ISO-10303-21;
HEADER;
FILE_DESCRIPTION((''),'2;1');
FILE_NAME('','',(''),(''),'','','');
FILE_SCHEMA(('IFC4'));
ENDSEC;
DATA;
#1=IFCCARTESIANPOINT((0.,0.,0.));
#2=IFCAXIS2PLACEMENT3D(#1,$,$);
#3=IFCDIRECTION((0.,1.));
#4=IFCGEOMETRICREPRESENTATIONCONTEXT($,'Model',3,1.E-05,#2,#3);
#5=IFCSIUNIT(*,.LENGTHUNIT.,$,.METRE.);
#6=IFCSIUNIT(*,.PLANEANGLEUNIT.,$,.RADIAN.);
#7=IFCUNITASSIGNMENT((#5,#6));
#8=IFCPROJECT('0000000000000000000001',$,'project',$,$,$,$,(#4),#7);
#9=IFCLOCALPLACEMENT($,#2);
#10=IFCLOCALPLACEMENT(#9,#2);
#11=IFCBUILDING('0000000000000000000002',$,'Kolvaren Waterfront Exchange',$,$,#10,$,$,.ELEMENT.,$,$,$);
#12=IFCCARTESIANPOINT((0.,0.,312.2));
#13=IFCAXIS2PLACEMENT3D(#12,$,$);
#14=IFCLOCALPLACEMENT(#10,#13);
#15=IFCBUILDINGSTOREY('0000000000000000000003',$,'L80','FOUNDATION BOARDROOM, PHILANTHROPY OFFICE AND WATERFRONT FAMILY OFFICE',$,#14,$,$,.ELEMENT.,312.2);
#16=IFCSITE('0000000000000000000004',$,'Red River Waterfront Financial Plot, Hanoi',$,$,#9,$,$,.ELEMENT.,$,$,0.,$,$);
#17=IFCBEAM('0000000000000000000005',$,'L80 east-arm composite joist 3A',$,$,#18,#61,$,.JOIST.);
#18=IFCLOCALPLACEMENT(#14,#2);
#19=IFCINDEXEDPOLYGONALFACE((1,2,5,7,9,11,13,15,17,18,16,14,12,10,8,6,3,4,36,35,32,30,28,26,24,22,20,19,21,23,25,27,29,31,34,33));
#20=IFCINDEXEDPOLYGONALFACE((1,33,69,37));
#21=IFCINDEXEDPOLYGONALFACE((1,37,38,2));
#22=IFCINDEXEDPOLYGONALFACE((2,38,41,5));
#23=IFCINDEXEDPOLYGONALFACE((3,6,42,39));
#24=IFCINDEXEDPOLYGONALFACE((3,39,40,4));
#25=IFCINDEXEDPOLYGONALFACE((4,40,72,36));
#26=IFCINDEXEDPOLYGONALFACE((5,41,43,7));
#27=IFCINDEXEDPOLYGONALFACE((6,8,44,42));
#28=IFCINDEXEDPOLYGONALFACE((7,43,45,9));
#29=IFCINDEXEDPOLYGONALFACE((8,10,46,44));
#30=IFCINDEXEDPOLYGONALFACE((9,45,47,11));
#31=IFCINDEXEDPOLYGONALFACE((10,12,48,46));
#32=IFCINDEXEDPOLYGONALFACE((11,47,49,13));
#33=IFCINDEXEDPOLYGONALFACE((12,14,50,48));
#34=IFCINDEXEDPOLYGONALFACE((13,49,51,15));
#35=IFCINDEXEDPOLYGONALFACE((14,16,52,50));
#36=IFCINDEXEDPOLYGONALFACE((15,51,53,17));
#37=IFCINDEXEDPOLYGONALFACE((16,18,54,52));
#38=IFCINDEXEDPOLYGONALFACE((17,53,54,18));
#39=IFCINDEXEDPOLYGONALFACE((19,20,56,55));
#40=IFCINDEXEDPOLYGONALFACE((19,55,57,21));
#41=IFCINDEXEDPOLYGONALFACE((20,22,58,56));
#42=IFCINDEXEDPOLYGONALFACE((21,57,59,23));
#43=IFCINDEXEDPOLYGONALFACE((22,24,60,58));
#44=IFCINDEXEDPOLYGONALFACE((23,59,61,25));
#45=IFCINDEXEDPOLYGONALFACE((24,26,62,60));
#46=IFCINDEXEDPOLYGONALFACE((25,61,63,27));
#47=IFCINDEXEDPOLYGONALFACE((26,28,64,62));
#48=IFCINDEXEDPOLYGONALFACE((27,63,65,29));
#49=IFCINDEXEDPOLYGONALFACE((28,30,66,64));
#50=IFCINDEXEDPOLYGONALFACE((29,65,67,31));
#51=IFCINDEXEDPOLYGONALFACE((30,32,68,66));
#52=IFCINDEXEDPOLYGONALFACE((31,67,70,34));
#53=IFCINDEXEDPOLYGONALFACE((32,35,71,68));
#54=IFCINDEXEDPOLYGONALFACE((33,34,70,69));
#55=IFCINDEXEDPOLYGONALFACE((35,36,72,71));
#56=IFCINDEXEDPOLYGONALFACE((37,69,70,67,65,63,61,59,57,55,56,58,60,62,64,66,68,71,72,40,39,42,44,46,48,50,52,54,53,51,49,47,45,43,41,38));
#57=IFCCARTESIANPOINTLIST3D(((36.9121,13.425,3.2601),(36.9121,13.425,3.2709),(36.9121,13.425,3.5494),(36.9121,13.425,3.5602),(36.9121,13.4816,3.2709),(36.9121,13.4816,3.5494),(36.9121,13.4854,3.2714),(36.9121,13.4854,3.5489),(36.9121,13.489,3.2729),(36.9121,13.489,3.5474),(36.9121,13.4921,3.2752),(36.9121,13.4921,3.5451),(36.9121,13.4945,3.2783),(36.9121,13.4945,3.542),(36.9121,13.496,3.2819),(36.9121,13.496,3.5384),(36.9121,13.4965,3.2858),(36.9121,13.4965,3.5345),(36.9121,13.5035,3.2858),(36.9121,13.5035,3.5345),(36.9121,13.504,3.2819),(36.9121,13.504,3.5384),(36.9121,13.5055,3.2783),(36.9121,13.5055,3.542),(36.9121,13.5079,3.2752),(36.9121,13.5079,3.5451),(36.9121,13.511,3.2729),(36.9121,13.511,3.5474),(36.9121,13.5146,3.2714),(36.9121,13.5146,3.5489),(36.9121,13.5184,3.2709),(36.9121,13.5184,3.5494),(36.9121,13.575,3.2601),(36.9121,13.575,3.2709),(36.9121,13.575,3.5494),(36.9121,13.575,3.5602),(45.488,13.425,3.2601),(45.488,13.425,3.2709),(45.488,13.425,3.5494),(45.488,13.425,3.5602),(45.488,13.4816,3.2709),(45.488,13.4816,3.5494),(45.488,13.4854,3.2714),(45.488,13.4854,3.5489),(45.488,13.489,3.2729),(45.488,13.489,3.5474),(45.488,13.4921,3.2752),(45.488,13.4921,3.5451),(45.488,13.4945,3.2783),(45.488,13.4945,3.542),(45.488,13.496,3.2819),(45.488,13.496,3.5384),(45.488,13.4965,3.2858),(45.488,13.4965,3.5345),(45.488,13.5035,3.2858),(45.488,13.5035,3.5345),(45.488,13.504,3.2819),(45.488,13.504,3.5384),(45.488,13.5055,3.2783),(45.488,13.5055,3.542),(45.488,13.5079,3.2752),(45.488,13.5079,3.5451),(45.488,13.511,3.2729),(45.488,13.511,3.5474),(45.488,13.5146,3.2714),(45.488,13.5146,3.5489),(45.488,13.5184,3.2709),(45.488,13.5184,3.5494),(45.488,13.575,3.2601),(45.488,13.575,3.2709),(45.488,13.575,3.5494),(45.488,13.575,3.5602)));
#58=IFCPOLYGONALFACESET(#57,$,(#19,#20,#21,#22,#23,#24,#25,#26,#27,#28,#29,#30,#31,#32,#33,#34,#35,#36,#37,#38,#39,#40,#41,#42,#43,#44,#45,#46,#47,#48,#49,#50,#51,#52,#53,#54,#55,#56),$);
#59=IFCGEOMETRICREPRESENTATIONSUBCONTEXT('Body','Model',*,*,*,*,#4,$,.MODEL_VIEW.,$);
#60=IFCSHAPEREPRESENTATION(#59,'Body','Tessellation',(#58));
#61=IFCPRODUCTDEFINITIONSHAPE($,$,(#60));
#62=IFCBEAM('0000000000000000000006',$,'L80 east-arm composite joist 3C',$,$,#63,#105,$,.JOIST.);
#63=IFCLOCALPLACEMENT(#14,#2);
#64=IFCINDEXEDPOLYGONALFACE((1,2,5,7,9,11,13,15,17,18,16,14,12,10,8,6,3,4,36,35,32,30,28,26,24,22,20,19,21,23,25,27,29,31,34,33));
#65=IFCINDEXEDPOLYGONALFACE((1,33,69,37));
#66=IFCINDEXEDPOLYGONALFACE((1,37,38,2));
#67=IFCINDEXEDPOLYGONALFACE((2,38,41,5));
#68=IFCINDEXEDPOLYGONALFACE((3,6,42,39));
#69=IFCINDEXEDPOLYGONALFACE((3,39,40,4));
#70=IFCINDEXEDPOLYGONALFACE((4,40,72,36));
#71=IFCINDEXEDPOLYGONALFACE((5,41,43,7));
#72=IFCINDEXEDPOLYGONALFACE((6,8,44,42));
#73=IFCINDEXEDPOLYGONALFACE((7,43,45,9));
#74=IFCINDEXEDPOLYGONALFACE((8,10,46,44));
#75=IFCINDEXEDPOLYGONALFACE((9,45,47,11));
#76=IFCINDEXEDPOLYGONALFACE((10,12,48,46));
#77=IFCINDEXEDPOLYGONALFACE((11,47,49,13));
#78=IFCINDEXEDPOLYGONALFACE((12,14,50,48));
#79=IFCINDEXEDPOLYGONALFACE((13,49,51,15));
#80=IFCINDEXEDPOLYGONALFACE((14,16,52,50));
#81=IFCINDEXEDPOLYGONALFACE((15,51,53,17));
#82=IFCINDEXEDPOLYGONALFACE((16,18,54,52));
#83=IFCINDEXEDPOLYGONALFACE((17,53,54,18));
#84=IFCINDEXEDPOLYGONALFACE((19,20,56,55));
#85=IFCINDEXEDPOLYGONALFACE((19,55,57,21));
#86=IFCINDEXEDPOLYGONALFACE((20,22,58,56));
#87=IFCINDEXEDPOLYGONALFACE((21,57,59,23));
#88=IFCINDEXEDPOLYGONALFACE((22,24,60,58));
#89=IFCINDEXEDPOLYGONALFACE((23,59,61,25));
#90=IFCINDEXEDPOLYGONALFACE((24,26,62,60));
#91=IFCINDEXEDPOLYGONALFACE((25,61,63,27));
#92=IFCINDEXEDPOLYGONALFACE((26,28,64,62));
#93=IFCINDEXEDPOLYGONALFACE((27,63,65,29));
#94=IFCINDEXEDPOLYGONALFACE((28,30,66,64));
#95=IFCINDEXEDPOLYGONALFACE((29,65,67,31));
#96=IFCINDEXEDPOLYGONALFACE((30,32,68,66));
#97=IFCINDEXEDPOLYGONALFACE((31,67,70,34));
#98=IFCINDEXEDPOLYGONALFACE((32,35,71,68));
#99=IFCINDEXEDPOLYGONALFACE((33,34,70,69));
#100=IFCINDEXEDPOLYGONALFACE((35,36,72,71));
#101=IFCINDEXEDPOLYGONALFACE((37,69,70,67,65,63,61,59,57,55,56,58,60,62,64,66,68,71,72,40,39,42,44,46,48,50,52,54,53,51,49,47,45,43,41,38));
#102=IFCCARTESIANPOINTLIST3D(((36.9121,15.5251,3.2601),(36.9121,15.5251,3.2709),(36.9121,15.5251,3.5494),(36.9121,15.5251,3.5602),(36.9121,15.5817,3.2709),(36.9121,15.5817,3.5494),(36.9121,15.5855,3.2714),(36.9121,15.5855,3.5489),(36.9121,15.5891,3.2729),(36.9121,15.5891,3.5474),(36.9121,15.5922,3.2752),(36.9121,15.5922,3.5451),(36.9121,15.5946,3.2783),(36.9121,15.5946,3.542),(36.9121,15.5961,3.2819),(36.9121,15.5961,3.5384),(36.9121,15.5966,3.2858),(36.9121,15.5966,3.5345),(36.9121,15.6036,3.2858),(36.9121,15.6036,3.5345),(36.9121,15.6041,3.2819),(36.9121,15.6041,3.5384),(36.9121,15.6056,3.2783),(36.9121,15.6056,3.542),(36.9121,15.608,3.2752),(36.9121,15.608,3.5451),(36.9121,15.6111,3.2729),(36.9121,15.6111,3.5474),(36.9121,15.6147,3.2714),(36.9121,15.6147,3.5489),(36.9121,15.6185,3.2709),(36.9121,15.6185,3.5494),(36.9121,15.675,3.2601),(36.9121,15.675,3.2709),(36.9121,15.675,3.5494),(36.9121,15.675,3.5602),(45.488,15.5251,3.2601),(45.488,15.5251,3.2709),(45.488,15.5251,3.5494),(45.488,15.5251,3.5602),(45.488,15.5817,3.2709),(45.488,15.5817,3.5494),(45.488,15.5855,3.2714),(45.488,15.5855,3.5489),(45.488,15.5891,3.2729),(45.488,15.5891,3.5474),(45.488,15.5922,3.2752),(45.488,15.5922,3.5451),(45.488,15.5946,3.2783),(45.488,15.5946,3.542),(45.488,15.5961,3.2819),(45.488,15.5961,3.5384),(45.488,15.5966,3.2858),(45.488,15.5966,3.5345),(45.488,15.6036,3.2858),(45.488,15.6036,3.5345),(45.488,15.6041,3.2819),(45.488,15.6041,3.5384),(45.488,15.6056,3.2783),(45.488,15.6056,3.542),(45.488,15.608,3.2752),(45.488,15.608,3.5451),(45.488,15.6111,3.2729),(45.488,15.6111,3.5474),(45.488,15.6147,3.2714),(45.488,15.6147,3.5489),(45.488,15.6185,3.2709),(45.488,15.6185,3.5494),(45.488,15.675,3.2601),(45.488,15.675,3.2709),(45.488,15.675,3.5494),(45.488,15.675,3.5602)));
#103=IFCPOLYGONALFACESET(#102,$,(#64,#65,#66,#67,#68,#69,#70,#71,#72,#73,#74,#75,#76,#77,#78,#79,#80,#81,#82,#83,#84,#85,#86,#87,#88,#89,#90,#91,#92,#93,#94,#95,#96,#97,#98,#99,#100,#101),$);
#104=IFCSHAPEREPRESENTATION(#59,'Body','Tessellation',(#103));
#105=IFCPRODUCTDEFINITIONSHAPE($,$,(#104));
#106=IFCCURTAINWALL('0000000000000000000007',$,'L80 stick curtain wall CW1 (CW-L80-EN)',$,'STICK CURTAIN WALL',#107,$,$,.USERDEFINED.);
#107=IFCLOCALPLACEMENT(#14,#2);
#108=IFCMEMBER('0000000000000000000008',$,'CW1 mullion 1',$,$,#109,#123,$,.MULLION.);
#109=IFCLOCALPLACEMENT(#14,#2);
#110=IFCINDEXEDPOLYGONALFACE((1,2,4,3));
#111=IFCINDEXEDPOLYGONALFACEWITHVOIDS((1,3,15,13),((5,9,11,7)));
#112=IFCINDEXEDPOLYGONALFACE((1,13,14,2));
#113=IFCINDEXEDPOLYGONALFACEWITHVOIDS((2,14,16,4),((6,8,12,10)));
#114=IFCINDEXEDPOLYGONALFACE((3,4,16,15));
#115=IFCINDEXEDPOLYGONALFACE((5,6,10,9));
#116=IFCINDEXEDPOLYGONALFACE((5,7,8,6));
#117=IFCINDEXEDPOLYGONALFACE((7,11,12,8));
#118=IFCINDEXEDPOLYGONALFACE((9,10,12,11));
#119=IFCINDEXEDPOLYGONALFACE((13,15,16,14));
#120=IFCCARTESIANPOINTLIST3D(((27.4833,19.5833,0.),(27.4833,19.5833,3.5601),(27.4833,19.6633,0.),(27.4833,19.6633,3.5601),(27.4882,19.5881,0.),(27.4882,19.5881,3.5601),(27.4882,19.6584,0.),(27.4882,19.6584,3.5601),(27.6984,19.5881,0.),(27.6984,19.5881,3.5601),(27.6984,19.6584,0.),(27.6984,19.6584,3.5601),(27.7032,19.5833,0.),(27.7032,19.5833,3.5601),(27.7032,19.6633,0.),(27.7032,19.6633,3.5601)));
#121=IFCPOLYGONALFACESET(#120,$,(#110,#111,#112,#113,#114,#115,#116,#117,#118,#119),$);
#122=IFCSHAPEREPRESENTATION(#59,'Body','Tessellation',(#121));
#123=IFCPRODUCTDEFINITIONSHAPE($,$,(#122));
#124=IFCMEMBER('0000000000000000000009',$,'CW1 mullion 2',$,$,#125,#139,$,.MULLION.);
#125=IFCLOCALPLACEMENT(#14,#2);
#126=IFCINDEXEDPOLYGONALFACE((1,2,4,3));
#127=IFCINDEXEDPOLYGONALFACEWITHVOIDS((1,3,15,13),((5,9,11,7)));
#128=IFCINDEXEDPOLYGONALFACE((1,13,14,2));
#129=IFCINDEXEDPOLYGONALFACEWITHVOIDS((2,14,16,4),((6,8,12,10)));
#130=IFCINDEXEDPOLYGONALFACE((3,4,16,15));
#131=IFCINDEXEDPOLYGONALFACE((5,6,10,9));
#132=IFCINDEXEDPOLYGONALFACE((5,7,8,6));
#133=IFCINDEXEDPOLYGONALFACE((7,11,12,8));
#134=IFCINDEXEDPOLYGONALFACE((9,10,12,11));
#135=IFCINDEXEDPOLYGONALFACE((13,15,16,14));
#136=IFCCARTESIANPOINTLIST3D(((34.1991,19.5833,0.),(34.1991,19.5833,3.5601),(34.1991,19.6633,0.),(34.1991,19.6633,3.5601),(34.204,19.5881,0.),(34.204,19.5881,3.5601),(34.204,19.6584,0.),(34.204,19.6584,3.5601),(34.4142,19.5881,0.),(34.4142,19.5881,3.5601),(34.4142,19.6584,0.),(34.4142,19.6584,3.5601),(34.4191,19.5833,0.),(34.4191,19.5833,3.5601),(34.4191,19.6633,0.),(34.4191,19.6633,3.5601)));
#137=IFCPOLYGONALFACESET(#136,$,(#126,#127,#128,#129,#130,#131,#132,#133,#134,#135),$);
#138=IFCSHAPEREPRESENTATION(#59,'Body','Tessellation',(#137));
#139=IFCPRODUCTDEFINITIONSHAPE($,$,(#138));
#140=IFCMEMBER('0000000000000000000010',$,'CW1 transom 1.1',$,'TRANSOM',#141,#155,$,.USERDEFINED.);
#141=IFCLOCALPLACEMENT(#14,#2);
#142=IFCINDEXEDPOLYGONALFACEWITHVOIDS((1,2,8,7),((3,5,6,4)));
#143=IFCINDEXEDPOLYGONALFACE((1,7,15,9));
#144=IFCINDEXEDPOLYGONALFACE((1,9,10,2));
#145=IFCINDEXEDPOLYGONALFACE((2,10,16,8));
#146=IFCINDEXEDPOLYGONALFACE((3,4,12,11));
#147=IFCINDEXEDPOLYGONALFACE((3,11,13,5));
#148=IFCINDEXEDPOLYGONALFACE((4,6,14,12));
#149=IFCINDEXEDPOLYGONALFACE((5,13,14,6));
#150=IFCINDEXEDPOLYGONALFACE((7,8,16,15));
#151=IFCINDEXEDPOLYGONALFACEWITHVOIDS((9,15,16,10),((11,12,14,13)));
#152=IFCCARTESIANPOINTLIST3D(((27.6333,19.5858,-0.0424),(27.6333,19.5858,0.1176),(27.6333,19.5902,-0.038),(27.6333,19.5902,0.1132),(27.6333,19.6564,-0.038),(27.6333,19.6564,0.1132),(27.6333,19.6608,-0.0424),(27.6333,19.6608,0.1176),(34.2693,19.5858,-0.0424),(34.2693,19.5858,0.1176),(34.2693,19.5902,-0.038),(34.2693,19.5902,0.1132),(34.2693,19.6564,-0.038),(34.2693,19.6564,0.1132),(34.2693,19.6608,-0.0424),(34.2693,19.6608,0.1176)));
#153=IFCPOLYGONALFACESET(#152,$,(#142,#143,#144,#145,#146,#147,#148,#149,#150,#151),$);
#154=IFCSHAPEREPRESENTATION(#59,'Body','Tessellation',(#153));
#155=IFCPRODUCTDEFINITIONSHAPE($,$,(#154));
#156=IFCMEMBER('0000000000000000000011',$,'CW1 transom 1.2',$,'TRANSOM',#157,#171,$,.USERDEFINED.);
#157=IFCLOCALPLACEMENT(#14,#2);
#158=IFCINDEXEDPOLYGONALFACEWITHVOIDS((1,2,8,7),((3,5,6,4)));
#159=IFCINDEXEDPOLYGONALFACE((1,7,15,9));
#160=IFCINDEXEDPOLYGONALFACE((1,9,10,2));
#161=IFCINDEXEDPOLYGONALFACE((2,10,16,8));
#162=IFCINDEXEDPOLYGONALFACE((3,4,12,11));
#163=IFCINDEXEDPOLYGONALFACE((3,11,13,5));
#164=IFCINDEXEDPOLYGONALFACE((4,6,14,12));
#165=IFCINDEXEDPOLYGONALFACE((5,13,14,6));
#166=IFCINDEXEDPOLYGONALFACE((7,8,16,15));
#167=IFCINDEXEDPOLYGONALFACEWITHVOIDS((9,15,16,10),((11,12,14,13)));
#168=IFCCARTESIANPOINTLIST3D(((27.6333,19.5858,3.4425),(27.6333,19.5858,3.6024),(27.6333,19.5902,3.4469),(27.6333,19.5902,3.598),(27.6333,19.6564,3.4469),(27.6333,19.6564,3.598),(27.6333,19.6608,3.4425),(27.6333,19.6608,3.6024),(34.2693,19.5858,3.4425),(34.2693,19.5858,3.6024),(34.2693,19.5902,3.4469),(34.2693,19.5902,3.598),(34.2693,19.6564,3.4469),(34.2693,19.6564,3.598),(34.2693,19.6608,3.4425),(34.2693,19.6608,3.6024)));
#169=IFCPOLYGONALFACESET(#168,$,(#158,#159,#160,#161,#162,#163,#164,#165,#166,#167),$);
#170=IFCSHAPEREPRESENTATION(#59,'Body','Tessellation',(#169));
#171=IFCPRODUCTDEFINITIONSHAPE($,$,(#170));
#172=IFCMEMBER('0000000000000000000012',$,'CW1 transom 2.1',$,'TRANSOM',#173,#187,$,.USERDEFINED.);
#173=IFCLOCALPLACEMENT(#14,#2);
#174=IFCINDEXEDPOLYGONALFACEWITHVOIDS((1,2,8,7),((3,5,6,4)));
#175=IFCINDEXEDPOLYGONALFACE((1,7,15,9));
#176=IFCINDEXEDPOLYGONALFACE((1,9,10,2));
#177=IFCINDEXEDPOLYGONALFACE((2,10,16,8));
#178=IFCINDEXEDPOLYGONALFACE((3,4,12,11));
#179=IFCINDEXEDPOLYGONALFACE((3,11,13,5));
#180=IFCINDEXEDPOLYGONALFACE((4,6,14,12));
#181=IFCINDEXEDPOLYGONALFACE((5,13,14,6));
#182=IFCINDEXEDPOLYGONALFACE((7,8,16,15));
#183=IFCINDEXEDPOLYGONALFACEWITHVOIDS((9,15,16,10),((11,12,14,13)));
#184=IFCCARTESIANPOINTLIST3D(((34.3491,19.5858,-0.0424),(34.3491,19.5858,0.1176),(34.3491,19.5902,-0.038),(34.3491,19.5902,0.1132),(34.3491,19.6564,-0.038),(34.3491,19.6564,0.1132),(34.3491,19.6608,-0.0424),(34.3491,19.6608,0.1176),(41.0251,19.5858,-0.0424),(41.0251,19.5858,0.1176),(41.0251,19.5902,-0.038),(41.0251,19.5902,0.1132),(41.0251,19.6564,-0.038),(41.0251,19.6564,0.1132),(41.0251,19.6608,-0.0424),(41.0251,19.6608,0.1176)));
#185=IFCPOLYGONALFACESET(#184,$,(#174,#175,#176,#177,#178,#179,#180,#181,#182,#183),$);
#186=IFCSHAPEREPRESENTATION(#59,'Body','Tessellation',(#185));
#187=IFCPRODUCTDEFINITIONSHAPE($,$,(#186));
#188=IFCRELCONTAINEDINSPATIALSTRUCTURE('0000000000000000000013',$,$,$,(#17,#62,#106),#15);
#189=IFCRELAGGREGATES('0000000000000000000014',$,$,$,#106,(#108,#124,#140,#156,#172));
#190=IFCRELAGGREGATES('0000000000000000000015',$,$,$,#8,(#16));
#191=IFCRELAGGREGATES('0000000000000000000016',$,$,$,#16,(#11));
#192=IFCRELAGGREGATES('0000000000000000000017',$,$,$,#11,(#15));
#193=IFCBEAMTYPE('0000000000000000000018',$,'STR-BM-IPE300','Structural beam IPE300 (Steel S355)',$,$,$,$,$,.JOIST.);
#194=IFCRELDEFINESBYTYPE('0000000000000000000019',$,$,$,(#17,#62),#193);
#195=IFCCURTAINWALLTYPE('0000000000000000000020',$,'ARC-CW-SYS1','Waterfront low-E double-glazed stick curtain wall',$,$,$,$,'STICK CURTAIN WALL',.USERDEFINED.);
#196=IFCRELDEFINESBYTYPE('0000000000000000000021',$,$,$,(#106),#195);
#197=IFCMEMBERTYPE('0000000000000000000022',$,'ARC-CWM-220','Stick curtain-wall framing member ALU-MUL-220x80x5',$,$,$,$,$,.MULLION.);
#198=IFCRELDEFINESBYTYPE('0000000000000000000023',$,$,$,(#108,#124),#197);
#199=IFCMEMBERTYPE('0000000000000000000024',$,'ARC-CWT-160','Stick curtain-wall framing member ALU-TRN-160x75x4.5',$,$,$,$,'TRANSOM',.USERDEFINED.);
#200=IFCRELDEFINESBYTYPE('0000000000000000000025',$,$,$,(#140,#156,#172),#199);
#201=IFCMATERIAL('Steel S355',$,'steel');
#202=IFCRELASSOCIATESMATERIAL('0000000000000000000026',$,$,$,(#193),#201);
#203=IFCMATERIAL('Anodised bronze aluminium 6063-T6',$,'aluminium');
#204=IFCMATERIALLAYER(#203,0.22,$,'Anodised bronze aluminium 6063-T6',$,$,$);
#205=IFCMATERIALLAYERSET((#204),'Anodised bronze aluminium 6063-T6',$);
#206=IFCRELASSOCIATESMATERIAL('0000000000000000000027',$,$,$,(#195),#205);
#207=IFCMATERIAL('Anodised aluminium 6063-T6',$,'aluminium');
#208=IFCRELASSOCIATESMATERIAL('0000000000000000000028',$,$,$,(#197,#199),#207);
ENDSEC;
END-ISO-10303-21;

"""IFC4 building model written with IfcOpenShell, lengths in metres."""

from ifc_helpers import new_model, si_unit, direction, frame, origin, origin_with_axes, origin_2d, place, context, subcontext, project, spatial, hollow_rectangle, i_section, extrude, source, transform, mapped, material, layer, layer_set, material_profile, profile_set, type_object, element, aggregate, save


model = new_model("IFC4")

# Units and contexts
model_context = context("Model", 3, precision=1e-05, world=origin(), true_north=direction((0.0, 1.0)))
body_context = subcontext(model_context, "Body", "Model", "MODEL_VIEW")
ifc_project = project(units=[si_unit("LENGTHUNIT", "METRE"), si_unit("PLANEANGLEUNIT", "RADIAN")], contexts=[model_context])

# Site, building, storey
site_placement = place(None, origin())
site = spatial("IfcSite", under=ifc_project, at=site_placement, Name="Red River Waterfront Financial Plot, Hanoi", CompositionType="ELEMENT", RefElevation=0.0)
building_placement = place(site_placement, origin())
building = spatial("IfcBuilding", under=site, at=building_placement, Name="Kolvaren Waterfront Exchange", CompositionType="ELEMENT")
storey_placement = place(building_placement, frame((0.0, 0.0, 312.2)))
storey = spatial("IfcBuildingStorey", under=building, at=storey_placement, Name="L80", Description="FOUNDATION BOARDROOM, PHILANTHROPY OFFICE AND WATERFRONT FAMILY OFFICE", CompositionType="ELEMENT", Elevation=312.2)

# Beams
ifc_material_1 = material(Name="Steel S355", Category="steel")
ifc_material_profile_1 = material_profile(ifc_material_1, i_section(OverallWidth=0.1499, OverallDepth=0.3, WebThickness=0.0071, FlangeThickness=0.0107, FilletRadius=0.0149, at=origin_2d()), Name="IPE300")
ifc_profile_set_1 = profile_set([ifc_material_profile_1], Name="Steel S355")
beam_type_1 = type_object("IfcBeamType", Name="STR-BM-IPE300", Description="Structural beam IPE300 (Steel S355)", PredefinedType="JOIST", material=ifc_profile_set_1)
for number, where, z_axis, x_axis, name in (
    (1, (36.9121, 13.5, 3.4102), (1.0, 0.0, 0.0), (0.0, 1.0, 0.0), "L80 east-arm composite joist 3A"),
    (2, (36.9121, 15.6001, 3.4102), (1.0, 0.0, 0.0), (0.0, 1.0, 0.0), "L80 east-arm composite joist 3C"),
):
    element("IfcBeam", number, at=place(storey_placement, frame(where, z_axis=z_axis, x_axis=x_axis)), inside=storey, type_object=beam_type_1, Name=name, PredefinedType="JOIST", context=body_context, shape_type="SweptSolid", body=[
        extrude(i_section(OverallWidth=0.1499, OverallDepth=0.3, WebThickness=0.0071, FlangeThickness=0.0107, FilletRadius=0.0149, at=origin_2d()), origin(), (0.0, 0.0, 1.0), 8.5759),
    ])

# Curtain wall, members
ifc_material_2 = material(Name="Anodised bronze aluminium 6063-T6", Category="aluminium")
ifc_layer_1 = layer(ifc_material_2, 0.22, Name="Anodised bronze aluminium 6063-T6")
ifc_layer_set_1 = layer_set([ifc_layer_1], Name="Anodised bronze aluminium 6063-T6")
curtain_wall_type = type_object("IfcCurtainWallType", Name="ARC-CW-SYS1", Description="Waterfront low-E double-glazed stick curtain wall", ElementType="STICK CURTAIN WALL", PredefinedType="USERDEFINED", material=ifc_layer_set_1)
curtain_wall_placement = place(storey_placement, origin())
curtain_wall = element("IfcCurtainWall", 3, at=curtain_wall_placement, inside=storey, type_object=curtain_wall_type, Name="L80 stick curtain wall CW1 (CW-L80-EN)", ObjectType="STICK CURTAIN WALL", PredefinedType="USERDEFINED")
ifc_material_3 = material(Name="Anodised aluminium 6063-T6", Category="aluminium")
ifc_material_profile_2 = material_profile(ifc_material_3, hollow_rectangle(XDim=0.0801, YDim=0.22, WallThickness=0.0049, at=origin_2d()), Name="ALU-MUL-220x80x5")
ifc_profile_set_2 = profile_set([ifc_material_profile_2], Name="Anodised aluminium 6063-T6")
member_type_1 = type_object("IfcMemberType", Name="ARC-CWM-220", Description="Stick curtain-wall framing member ALU-MUL-220x80x5", PredefinedType="MULLION", material=ifc_profile_set_2)
shared_shape_1 = source(origin_with_axes(), body_context, "Body", "SweptSolid", [
    extrude(hollow_rectangle(XDim=0.0801, YDim=0.22, WallThickness=0.0049, at=origin_2d()), origin(), (0.0, 0.0, 1.0), 3.5601),
])
member_1_placement = place(storey_placement, frame((27.5933, 19.6233, 0.0), z_axis=(0.0, 0.0, 1.0), x_axis=(0.0, 1.0, 0.0)))
member_1 = element("IfcMember", 4, at=member_1_placement, type_object=member_type_1, Name="CW1 mullion 1", PredefinedType="MULLION", context=body_context, shape_type="MappedRepresentation", body=[
    mapped(shared_shape_1, transform((0.0, 0.0, 0.0), x_axis=(1.0, 0.0, 0.0), y_axis=(0.0, 1.0, 0.0), z_axis=(0.0, 0.0, 1.0), scale=1.0)),
])
member_2_placement = place(storey_placement, frame((34.3091, 19.6233, 0.0), z_axis=(0.0, 0.0, 1.0), x_axis=(0.0, 1.0, 0.0)))
member_2 = element("IfcMember", 5, at=member_2_placement, type_object=member_type_1, Name="CW1 mullion 2", PredefinedType="MULLION", context=body_context, shape_type="MappedRepresentation", body=[
    mapped(shared_shape_1, transform((0.0, 0.0, 0.0), x_axis=(1.0, 0.0, 0.0), y_axis=(0.0, 1.0, 0.0), z_axis=(0.0, 0.0, 1.0), scale=1.0)),
])
ifc_material_profile_3 = material_profile(ifc_material_3, hollow_rectangle(XDim=0.075, YDim=0.1599, WallThickness=0.0044, at=origin_2d()), Name="ALU-TRN-160x75x4.5")
ifc_profile_set_3 = profile_set([ifc_material_profile_3], Name="Anodised aluminium 6063-T6")
member_type_2 = type_object("IfcMemberType", Name="ARC-CWT-160", Description="Stick curtain-wall framing member ALU-TRN-160x75x4.5", ElementType="TRANSOM", PredefinedType="USERDEFINED", material=ifc_profile_set_3)
shared_shape_2 = source(origin_with_axes(), body_context, "Body", "SweptSolid", [
    extrude(hollow_rectangle(XDim=0.075, YDim=0.1599, WallThickness=0.0044, at=origin_2d()), origin(), (0.0, 0.0, 1.0), 6.636),
])
member_3_placement = place(storey_placement, frame((27.6333, 19.6233, 0.0376), z_axis=(1.0, 0.0, 0.0), x_axis=(0.0, 1.0, 0.0)))
member_3 = element("IfcMember", 6, at=member_3_placement, type_object=member_type_2, Name="CW1 transom 1.1", ObjectType="TRANSOM", PredefinedType="USERDEFINED", context=body_context, shape_type="MappedRepresentation", body=[
    mapped(shared_shape_2, transform((0.0, 0.0, 0.0), x_axis=(1.0, 0.0, 0.0), y_axis=(0.0, 1.0, 0.0), z_axis=(0.0, 0.0, 1.0), scale=1.0)),
])
member_4_placement = place(storey_placement, frame((27.6333, 19.6233, 3.5225), z_axis=(1.0, 0.0, 0.0), x_axis=(0.0, 1.0, 0.0)))
member_4 = element("IfcMember", 7, at=member_4_placement, type_object=member_type_2, Name="CW1 transom 1.2", ObjectType="TRANSOM", PredefinedType="USERDEFINED", context=body_context, shape_type="MappedRepresentation", body=[
    mapped(shared_shape_2, transform((0.0, 0.0, 0.0), x_axis=(1.0, 0.0, 0.0), y_axis=(0.0, 1.0, 0.0), z_axis=(0.0, 0.0, 1.0), scale=1.0)),
])
shared_shape_3 = source(origin_with_axes(), body_context, "Body", "SweptSolid", [
    extrude(hollow_rectangle(XDim=0.075, YDim=0.1599, WallThickness=0.0044, at=origin_2d()), origin(), (0.0, 0.0, 1.0), 6.676),
])
member_5_placement = place(storey_placement, frame((34.3491, 19.6233, 0.0376), z_axis=(1.0, 0.0, 0.0), x_axis=(0.0, 1.0, 0.0)))
member_5 = element("IfcMember", 8, at=member_5_placement, type_object=member_type_2, Name="CW1 transom 2.1", ObjectType="TRANSOM", PredefinedType="USERDEFINED", context=body_context, shape_type="MappedRepresentation", body=[
    mapped(shared_shape_3, transform((0.0, 0.0, 0.0), x_axis=(1.0, 0.0, 0.0), y_axis=(0.0, 1.0, 0.0), z_axis=(0.0, 0.0, 1.0), scale=1.0)),
])
aggregate(curtain_wall, [member_1, member_2, member_3, member_4, member_5])

save(model, "model.ifc")
